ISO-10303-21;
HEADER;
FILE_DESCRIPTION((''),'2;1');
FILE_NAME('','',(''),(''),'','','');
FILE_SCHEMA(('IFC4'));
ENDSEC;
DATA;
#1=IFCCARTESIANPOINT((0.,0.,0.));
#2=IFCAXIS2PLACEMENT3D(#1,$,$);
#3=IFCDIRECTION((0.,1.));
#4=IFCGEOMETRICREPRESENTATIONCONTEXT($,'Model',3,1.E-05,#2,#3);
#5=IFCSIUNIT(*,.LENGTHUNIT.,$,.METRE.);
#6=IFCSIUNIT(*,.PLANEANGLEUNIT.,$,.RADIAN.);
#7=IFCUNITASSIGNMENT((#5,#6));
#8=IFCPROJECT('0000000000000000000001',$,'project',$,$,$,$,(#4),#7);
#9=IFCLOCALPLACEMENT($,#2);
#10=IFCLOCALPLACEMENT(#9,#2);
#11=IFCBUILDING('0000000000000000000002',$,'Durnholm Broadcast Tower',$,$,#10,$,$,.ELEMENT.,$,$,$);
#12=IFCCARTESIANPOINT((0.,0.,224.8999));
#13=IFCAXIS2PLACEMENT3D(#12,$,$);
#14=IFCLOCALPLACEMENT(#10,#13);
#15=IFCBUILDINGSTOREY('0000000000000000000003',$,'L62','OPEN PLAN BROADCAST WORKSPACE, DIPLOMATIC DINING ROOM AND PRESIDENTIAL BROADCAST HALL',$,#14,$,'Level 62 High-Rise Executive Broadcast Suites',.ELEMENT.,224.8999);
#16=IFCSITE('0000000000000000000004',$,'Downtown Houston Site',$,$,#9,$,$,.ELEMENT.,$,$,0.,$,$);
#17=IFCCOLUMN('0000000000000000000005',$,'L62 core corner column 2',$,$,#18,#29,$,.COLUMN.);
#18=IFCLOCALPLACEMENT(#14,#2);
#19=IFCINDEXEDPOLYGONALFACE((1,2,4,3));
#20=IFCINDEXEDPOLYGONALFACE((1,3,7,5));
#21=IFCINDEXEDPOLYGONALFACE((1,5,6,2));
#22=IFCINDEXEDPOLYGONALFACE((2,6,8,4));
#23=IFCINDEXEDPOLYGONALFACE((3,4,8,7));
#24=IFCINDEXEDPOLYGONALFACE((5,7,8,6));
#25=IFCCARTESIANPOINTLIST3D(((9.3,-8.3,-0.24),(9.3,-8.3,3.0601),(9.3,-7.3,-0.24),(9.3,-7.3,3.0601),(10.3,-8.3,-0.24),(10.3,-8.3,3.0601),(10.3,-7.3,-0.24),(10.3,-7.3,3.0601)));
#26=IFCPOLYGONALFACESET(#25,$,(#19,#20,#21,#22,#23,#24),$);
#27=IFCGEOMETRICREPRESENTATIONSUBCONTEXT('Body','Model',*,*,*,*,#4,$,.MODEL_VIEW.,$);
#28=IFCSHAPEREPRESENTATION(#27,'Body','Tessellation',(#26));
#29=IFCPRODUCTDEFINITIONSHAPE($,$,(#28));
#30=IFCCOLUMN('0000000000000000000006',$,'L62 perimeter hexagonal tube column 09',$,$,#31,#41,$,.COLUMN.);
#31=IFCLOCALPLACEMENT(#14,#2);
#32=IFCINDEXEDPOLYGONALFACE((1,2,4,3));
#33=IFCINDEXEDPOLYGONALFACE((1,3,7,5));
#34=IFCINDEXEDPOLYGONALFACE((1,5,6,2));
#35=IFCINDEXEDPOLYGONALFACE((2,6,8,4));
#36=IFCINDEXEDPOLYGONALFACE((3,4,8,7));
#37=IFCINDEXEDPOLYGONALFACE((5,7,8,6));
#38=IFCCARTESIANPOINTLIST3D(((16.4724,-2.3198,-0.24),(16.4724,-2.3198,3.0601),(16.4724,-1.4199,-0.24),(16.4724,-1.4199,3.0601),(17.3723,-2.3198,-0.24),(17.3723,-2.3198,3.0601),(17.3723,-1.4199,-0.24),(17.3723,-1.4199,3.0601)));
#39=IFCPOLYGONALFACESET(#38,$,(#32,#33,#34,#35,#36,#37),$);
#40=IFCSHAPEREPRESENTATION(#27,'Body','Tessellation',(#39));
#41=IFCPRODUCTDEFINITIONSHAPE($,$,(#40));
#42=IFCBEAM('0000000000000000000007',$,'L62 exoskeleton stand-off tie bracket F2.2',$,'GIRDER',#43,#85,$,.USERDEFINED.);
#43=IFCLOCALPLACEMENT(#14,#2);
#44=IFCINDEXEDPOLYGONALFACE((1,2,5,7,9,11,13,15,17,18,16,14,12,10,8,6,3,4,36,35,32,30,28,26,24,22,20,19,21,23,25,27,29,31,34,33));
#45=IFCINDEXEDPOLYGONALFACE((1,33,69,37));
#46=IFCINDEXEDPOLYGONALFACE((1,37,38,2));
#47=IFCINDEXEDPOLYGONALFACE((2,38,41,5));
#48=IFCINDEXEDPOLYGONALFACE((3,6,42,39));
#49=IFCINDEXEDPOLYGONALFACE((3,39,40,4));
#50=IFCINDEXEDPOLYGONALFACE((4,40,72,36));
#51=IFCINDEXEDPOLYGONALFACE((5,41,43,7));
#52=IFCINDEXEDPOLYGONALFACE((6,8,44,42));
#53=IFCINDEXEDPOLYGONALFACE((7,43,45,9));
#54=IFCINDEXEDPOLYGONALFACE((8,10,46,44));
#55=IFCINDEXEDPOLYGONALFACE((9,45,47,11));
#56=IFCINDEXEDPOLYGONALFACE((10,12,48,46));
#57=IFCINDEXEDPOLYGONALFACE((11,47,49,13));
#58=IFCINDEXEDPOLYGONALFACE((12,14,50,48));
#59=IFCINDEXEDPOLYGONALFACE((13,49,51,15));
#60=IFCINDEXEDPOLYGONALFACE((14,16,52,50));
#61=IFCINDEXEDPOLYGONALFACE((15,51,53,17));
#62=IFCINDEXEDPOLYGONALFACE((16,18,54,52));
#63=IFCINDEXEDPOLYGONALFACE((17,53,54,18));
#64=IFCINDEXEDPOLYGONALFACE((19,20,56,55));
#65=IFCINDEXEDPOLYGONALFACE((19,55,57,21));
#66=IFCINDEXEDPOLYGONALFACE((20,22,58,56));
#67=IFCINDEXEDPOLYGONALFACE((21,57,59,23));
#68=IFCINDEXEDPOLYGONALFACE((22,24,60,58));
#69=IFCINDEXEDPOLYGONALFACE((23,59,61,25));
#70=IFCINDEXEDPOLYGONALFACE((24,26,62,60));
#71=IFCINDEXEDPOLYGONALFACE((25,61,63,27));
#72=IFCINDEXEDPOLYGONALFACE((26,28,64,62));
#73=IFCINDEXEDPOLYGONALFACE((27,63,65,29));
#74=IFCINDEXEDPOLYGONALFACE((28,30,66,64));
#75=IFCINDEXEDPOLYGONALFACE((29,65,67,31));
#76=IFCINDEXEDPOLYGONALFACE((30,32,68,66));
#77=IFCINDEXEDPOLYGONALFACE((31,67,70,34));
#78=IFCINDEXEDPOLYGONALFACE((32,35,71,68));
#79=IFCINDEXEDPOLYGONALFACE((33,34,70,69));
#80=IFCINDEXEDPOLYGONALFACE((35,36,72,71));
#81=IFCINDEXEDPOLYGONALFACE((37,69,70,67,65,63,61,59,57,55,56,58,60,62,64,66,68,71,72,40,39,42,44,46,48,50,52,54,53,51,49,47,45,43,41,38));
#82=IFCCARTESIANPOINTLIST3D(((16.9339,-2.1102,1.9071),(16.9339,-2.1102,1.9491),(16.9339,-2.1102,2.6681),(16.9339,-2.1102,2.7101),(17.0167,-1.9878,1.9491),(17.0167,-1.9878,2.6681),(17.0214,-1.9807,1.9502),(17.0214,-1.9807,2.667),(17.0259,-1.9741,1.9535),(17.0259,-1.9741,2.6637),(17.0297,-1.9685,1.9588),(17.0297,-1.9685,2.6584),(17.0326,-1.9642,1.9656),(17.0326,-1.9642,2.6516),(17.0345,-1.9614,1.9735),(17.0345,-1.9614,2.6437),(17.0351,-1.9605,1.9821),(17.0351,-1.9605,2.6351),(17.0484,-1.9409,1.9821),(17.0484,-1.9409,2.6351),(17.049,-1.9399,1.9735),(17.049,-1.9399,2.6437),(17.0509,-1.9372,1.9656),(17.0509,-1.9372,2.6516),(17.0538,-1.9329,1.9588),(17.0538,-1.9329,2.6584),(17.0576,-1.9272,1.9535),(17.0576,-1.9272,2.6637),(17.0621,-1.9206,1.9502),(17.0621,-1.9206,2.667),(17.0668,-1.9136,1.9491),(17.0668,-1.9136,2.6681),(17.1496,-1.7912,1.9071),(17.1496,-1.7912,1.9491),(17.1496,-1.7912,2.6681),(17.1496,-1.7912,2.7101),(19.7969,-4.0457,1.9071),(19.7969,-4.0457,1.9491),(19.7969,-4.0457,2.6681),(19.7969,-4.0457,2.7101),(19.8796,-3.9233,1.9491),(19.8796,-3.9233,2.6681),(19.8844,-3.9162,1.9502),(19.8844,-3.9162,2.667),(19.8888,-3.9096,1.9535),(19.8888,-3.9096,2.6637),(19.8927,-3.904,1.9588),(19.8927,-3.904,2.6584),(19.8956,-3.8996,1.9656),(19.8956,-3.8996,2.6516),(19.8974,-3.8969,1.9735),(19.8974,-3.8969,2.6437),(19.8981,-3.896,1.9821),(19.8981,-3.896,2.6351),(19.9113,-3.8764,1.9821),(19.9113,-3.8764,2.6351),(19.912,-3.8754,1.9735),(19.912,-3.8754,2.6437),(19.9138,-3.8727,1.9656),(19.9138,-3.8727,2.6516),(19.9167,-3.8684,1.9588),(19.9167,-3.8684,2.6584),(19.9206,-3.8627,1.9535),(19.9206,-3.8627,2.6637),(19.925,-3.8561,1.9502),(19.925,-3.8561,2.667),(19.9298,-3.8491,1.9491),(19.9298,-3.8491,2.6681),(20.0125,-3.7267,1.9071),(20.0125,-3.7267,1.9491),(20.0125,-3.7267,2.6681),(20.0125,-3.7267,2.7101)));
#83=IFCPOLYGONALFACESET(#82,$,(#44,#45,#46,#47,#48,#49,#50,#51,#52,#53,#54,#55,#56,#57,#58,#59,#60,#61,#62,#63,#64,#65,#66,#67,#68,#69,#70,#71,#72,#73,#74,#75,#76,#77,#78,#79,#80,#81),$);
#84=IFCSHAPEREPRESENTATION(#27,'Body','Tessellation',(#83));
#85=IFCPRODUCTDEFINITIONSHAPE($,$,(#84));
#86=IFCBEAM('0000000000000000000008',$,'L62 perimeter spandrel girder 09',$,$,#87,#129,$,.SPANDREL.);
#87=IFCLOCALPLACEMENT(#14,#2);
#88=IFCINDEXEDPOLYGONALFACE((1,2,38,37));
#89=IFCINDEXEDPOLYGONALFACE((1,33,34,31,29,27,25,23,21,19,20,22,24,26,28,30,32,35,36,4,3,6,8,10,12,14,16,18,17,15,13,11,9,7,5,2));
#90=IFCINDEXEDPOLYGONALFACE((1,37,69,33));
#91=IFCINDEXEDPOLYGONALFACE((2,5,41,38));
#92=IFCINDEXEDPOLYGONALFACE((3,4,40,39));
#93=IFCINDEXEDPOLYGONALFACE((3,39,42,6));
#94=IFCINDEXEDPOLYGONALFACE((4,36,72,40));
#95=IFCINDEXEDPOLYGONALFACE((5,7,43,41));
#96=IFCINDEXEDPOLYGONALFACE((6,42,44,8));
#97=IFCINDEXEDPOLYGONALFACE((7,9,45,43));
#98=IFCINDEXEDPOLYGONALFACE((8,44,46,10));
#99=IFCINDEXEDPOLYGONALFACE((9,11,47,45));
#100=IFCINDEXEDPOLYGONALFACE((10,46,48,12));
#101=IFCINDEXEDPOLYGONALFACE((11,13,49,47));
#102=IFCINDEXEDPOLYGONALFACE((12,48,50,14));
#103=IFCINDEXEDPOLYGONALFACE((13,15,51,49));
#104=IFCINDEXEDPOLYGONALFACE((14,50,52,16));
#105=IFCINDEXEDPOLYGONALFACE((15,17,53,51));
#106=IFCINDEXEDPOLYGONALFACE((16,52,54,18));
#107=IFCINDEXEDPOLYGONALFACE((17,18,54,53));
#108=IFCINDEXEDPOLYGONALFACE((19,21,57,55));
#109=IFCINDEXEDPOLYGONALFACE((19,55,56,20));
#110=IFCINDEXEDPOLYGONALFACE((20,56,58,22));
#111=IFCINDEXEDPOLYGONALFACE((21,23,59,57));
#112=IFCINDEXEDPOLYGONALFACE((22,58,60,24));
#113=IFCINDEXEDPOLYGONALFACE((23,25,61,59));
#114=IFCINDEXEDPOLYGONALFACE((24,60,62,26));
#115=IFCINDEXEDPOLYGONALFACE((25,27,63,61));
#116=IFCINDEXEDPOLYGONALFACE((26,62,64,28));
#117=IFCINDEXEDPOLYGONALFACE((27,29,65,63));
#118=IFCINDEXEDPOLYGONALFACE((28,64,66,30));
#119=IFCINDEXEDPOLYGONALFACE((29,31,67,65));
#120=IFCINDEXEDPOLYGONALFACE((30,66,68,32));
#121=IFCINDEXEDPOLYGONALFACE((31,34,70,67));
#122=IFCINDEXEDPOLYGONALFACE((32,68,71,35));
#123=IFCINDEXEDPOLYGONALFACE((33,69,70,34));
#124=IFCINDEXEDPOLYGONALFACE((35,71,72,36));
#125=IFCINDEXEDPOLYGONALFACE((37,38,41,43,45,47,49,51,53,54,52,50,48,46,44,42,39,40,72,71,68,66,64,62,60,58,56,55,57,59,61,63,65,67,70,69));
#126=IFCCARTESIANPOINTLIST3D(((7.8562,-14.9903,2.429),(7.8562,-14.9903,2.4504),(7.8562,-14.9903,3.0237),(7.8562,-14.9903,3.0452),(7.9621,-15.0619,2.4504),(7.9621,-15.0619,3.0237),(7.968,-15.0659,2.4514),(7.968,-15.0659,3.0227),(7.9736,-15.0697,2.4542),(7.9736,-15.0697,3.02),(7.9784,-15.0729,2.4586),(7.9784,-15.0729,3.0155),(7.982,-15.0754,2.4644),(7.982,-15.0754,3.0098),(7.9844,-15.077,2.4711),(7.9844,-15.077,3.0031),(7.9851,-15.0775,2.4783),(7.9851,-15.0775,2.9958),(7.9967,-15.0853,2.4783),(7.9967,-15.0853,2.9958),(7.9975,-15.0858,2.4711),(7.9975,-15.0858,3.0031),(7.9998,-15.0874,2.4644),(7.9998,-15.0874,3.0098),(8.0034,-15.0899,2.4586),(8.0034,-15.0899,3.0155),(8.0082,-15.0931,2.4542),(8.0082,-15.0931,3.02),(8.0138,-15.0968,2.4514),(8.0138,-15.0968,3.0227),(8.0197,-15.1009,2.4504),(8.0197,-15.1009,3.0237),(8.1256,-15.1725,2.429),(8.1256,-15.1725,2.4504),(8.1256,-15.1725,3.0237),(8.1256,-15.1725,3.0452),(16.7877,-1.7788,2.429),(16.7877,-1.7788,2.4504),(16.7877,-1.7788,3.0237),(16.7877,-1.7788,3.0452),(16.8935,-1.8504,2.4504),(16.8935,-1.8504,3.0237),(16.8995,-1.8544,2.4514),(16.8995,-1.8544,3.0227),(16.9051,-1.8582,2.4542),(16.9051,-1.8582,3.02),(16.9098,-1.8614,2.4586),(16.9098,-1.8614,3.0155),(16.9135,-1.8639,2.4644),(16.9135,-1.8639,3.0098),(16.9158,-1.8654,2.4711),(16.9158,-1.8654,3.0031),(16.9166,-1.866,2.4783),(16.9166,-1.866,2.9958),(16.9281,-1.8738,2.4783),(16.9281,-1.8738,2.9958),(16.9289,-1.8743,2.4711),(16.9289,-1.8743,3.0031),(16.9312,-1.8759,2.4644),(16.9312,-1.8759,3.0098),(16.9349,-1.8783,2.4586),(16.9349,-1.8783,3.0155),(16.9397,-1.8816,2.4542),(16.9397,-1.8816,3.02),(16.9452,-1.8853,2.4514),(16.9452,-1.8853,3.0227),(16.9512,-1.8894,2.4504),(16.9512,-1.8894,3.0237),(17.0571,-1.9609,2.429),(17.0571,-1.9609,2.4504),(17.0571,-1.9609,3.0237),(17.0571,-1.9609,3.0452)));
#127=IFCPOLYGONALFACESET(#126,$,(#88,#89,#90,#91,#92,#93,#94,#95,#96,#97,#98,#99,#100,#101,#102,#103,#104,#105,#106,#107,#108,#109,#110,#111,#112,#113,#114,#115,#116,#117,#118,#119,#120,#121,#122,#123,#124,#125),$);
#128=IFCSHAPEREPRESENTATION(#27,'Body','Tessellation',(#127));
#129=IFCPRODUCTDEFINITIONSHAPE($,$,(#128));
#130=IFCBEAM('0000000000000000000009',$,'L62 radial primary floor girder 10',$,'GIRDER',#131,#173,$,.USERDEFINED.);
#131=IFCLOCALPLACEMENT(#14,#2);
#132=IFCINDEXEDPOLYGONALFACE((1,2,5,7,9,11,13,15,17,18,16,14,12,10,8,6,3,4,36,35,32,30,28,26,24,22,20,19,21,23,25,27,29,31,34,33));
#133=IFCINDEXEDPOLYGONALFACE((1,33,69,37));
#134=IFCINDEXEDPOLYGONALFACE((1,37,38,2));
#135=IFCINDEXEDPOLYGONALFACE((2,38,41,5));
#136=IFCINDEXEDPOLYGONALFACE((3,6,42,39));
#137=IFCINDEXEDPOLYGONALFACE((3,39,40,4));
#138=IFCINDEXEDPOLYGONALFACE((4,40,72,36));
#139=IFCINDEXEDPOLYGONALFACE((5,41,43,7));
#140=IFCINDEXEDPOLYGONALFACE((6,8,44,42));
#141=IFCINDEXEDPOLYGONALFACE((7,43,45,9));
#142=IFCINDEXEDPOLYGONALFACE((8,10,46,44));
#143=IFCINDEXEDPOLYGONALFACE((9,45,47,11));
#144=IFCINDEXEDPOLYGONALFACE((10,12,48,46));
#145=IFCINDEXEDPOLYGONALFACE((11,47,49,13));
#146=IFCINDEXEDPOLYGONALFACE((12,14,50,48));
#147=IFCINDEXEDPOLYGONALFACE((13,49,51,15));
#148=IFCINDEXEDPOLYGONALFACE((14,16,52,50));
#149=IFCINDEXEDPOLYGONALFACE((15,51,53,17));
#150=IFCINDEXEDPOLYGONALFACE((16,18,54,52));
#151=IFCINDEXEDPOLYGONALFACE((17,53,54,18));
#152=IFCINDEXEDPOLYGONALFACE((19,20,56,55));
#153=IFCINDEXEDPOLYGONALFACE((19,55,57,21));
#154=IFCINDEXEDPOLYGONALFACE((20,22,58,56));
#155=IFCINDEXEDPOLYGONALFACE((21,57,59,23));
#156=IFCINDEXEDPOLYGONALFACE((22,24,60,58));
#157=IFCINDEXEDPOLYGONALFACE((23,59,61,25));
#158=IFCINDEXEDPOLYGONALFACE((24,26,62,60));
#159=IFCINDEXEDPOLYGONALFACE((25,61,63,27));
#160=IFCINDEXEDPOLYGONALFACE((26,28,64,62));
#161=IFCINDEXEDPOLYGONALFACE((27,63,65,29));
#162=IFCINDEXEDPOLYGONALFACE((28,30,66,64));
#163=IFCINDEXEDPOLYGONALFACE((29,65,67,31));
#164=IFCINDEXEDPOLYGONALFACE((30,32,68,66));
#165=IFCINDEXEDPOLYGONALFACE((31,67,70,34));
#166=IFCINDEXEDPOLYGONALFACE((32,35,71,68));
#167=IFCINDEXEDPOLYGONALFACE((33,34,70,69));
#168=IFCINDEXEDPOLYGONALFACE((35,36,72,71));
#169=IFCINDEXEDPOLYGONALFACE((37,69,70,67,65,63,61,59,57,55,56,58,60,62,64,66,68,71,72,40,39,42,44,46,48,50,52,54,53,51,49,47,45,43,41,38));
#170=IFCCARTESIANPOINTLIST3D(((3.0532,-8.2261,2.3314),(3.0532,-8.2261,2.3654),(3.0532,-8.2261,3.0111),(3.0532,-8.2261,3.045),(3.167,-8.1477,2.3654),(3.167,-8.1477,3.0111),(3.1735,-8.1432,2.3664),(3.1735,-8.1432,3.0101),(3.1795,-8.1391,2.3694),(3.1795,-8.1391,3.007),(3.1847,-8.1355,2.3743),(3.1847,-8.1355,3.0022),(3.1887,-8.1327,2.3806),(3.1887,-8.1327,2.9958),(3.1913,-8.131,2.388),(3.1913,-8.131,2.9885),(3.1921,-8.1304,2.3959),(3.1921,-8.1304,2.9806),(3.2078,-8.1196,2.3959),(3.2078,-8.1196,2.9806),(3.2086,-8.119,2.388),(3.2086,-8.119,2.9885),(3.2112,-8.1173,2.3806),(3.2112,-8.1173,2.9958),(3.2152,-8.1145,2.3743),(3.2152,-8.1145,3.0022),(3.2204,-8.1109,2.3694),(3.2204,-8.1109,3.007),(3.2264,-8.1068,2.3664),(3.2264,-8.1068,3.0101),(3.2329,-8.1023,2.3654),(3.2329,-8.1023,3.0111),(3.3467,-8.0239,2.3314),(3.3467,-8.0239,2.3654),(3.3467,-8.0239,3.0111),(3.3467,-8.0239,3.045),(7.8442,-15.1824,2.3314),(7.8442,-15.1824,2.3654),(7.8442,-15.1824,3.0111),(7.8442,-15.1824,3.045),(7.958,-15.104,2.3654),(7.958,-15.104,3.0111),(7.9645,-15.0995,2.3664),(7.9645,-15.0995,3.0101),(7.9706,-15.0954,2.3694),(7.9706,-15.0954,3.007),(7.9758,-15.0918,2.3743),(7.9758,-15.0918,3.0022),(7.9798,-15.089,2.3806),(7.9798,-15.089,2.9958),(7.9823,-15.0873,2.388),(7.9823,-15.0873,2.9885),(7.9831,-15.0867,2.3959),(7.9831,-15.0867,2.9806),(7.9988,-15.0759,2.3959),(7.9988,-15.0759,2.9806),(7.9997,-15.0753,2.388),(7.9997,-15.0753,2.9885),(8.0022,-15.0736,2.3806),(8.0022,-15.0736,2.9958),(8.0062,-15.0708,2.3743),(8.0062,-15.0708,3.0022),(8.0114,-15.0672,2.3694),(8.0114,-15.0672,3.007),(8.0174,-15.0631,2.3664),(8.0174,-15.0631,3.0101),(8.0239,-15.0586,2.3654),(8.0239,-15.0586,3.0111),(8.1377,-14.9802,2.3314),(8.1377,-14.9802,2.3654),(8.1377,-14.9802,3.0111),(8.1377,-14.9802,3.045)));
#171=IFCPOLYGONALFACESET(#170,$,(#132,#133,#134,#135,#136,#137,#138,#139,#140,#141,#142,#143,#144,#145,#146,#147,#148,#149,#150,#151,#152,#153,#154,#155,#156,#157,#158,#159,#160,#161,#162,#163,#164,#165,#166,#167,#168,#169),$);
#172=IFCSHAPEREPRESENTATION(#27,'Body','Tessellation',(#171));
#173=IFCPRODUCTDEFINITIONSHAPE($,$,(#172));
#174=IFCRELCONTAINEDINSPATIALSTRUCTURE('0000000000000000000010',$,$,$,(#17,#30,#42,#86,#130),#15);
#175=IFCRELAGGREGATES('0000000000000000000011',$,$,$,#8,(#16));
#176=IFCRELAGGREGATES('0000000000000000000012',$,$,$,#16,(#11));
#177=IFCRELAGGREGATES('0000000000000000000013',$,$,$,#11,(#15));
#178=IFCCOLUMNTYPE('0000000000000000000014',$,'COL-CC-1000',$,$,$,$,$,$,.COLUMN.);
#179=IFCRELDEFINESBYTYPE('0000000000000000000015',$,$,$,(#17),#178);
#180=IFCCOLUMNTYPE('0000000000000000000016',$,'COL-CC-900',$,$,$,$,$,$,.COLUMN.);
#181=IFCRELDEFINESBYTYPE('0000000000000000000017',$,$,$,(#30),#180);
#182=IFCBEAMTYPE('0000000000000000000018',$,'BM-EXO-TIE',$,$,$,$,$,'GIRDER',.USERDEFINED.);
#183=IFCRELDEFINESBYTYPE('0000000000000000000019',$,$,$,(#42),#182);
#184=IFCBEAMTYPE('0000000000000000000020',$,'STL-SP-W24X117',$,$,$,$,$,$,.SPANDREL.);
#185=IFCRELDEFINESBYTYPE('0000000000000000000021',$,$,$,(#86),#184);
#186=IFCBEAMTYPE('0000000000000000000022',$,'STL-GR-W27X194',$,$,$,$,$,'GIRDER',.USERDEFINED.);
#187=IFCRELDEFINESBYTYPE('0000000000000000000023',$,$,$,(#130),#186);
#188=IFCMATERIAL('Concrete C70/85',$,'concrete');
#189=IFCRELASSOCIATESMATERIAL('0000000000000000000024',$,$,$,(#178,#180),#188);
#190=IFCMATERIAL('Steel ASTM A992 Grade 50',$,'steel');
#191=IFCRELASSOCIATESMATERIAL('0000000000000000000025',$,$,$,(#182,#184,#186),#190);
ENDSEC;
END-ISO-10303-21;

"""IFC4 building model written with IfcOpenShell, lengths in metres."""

from ifc_helpers import new_model, si_unit, direction, frame, origin, origin_2d, place, context, subcontext, project, spatial, rectangle, i_section, extrude, source, transform, mapped, material, material_profile, profile_set, type_object, type_shapes, element, save


model = new_model("IFC4")

# Units and contexts
model_context = context("Model", 3, precision=1e-05, world=origin(), true_north=direction((0.0, 1.0)))
body_context = subcontext(model_context, "Body", "Model", "MODEL_VIEW")
ifc_project = project(units=[si_unit("LENGTHUNIT", "METRE"), si_unit("PLANEANGLEUNIT", "RADIAN")], contexts=[model_context])

# Site, building, storey
site_placement = place(None, origin())
site = spatial("IfcSite", under=ifc_project, at=site_placement, Name="Downtown Houston Site", CompositionType="ELEMENT", RefElevation=0.0)
building_placement = place(site_placement, origin())
building = spatial("IfcBuilding", under=site, at=building_placement, Name="Durnholm Broadcast Tower", CompositionType="ELEMENT")
storey_placement = place(building_placement, frame((0.0, 0.0, 224.8999)))
storey = spatial("IfcBuildingStorey", under=building, at=storey_placement, Name="L62", Description="OPEN PLAN BROADCAST WORKSPACE, DIPLOMATIC DINING ROOM AND PRESIDENTIAL BROADCAST HALL", LongName="Level 62 High-Rise Executive Broadcast Suites", CompositionType="ELEMENT", Elevation=224.8999)

# Columns
ifc_material_1 = material(Name="Concrete C70/85", Category="concrete")
ifc_material_profile_1 = material_profile(ifc_material_1, rectangle(XDim=1.0, YDim=1.0, at=origin_2d()), Name="RC1000X1000")
ifc_profile_set_1 = profile_set([ifc_material_profile_1], Name="Concrete C70/85")
column_type_1 = type_object("IfcColumnType", Name="COL-CC-1000", PredefinedType="COLUMN", material=ifc_profile_set_1)
shared_shape_1 = source(origin(), body_context, "Body", "SweptSolid", [
    extrude(rectangle(XDim=1.0, YDim=1.0, at=origin_2d()), origin(), (0.0, 0.0, 1.0), 3.3),
])
type_shapes(column_type_1, [shared_shape_1])
column_1_placement = place(storey_placement, frame((9.8, -7.8, -0.24), z_axis=(0.0, 0.0, 1.0), x_axis=(1.0, 0.0, 0.0)))
element("IfcColumn", 1, at=column_1_placement, inside=storey, type_object=column_type_1, Name="L62 core corner column 2", PredefinedType="COLUMN", context=body_context, shape_type="MappedRepresentation", body=[
    mapped(shared_shape_1, transform((0.0, 0.0, 0.0), x_axis=(1.0, 0.0, 0.0), y_axis=(0.0, 1.0, 0.0), z_axis=(0.0, 0.0, 1.0), scale=1.0)),
])
ifc_material_profile_2 = material_profile(ifc_material_1, rectangle(XDim=0.8999, YDim=0.8999, at=origin_2d()), Name="RC900X900")
ifc_profile_set_2 = profile_set([ifc_material_profile_2], Name="Concrete C70/85")
column_type_2 = type_object("IfcColumnType", Name="COL-CC-900", PredefinedType="COLUMN", material=ifc_profile_set_2)
shared_shape_2 = source(origin(), body_context, "Body", "SweptSolid", [
    extrude(rectangle(XDim=0.8999, YDim=0.8999, at=origin_2d()), origin(), (0.0, 0.0, 1.0), 3.3),
])
type_shapes(column_type_2, [shared_shape_2])
column_2_placement = place(storey_placement, frame((16.9224, -1.8699, -0.24), z_axis=(0.0, 0.0, 1.0), x_axis=(1.0, 0.0, 0.0)))
element("IfcColumn", 2, at=column_2_placement, inside=storey, type_object=column_type_2, Name="L62 perimeter hexagonal tube column 09", PredefinedType="COLUMN", context=body_context, shape_type="MappedRepresentation", body=[
    mapped(shared_shape_2, transform((0.0, 0.0, 0.0), x_axis=(1.0, 0.0, 0.0), y_axis=(0.0, 1.0, 0.0), z_axis=(0.0, 0.0, 1.0), scale=1.0)),
])

# Beams
ifc_material_2 = material(Name="Steel ASTM A992 Grade 50", Category="steel")
ifc_material_profile_3 = material_profile(ifc_material_2, i_section(OverallWidth=0.385, OverallDepth=0.803, WebThickness=0.0237, FlangeThickness=0.042, FilletRadius=0.033, at=origin_2d()), Name="W30X261")
ifc_profile_set_3 = profile_set([ifc_material_profile_3], Name="Steel ASTM A992 Grade 50")
beam_type_1 = type_object("IfcBeamType", Name="BM-EXO-TIE", ElementType="GIRDER", PredefinedType="USERDEFINED", material=ifc_profile_set_3)
shared_shape_3 = source(origin(), body_context, "Body", "SweptSolid", [
    extrude(i_section(OverallWidth=0.385, OverallDepth=0.803, WebThickness=0.0237, FlangeThickness=0.042, FilletRadius=0.033, at=origin_2d()), origin(), (0.0, 0.0, 1.0), 3.4558),
])
type_shapes(beam_type_1, [shared_shape_3])
beam_1_placement = place(storey_placement, frame((17.0417, -1.9507, 2.3086), z_axis=(0.828446, -0.560068, 0.0), x_axis=(0.560068, 0.828446, 0.0)))
element("IfcBeam", 3, at=beam_1_placement, inside=storey, type_object=beam_type_1, Name="L62 exoskeleton stand-off tie bracket F2.2", ObjectType="GIRDER", PredefinedType="USERDEFINED", context=body_context, shape_type="MappedRepresentation", body=[
    mapped(shared_shape_3, transform((0.0, 0.0, 0.0), x_axis=(1.0, 0.0, 0.0), y_axis=(0.0, 1.0, 0.0), z_axis=(0.0, 0.0, 1.0), scale=1.0)),
])
ifc_material_profile_4 = material_profile(ifc_material_2, i_section(OverallWidth=0.3252, OverallDepth=0.6162, WebThickness=0.0139, FlangeThickness=0.0215, FilletRadius=0.0278, at=origin_2d()), Name="W24X117")
ifc_profile_set_4 = profile_set([ifc_material_profile_4], Name="Steel ASTM A992 Grade 50")
beam_type_2 = type_object("IfcBeamType", Name="STL-SP-W24X117", PredefinedType="SPANDREL", material=ifc_profile_set_4)
shared_shape_4 = source(origin(), body_context, "Body", "SweptSolid", [
    extrude(i_section(OverallWidth=0.3252, OverallDepth=0.6162, WebThickness=0.0139, FlangeThickness=0.0215, FilletRadius=0.0278, at=origin_2d()), origin(), (0.0, 0.0, 1.0), 15.9473),
])
type_shapes(beam_type_2, [shared_shape_4])
beam_2_placement = place(storey_placement, frame((16.9224, -1.8699, 2.7371), z_axis=(-0.560062, -0.828451, 0.0), x_axis=(0.828451, -0.560062, 0.0)))
element("IfcBeam", 4, at=beam_2_placement, inside=storey, type_object=beam_type_2, Name="L62 perimeter spandrel girder 09", PredefinedType="SPANDREL", context=body_context, shape_type="MappedRepresentation", body=[
    mapped(shared_shape_4, transform((0.0, 0.0, 0.0), x_axis=(1.0, 0.0, 0.0), y_axis=(0.0, 1.0, 0.0), z_axis=(0.0, 0.0, 1.0), scale=1.0)),
])
ifc_material_profile_5 = material_profile(ifc_material_2, i_section(OverallWidth=0.3564, OverallDepth=0.7136, WebThickness=0.019, FlangeThickness=0.0339, FilletRadius=0.0305, at=origin_2d()), Name="W27X194")
ifc_profile_set_5 = profile_set([ifc_material_profile_5], Name="Steel ASTM A992 Grade 50")
beam_type_3 = type_object("IfcBeamType", Name="STL-GR-W27X194", ElementType="GIRDER", PredefinedType="USERDEFINED", material=ifc_profile_set_5)
shared_shape_5 = source(origin(), body_context, "Body", "SweptSolid", [
    extrude(i_section(OverallWidth=0.3564, OverallDepth=0.7136, WebThickness=0.019, FlangeThickness=0.0339, FilletRadius=0.0305, at=origin_2d()), origin(), (0.0, 0.0, 1.0), 8.4465),
])
beam_3_placement = place(storey_placement, frame((3.2, -8.125, 2.6882), z_axis=(0.567217, -0.823569, 0.0), x_axis=(0.823569, 0.567217, 0.0)))
element("IfcBeam", 5, at=beam_3_placement, inside=storey, type_object=beam_type_3, Name="L62 radial primary floor girder 10", ObjectType="GIRDER", PredefinedType="USERDEFINED", context=body_context, shape_type="MappedRepresentation", body=[
    mapped(shared_shape_5, transform((0.0, 0.0, 0.0), x_axis=(1.0, 0.0, 0.0), y_axis=(0.0, 1.0, 0.0), z_axis=(0.0, 0.0, 1.0), scale=1.0)),
])

save(model, "model.ifc")
